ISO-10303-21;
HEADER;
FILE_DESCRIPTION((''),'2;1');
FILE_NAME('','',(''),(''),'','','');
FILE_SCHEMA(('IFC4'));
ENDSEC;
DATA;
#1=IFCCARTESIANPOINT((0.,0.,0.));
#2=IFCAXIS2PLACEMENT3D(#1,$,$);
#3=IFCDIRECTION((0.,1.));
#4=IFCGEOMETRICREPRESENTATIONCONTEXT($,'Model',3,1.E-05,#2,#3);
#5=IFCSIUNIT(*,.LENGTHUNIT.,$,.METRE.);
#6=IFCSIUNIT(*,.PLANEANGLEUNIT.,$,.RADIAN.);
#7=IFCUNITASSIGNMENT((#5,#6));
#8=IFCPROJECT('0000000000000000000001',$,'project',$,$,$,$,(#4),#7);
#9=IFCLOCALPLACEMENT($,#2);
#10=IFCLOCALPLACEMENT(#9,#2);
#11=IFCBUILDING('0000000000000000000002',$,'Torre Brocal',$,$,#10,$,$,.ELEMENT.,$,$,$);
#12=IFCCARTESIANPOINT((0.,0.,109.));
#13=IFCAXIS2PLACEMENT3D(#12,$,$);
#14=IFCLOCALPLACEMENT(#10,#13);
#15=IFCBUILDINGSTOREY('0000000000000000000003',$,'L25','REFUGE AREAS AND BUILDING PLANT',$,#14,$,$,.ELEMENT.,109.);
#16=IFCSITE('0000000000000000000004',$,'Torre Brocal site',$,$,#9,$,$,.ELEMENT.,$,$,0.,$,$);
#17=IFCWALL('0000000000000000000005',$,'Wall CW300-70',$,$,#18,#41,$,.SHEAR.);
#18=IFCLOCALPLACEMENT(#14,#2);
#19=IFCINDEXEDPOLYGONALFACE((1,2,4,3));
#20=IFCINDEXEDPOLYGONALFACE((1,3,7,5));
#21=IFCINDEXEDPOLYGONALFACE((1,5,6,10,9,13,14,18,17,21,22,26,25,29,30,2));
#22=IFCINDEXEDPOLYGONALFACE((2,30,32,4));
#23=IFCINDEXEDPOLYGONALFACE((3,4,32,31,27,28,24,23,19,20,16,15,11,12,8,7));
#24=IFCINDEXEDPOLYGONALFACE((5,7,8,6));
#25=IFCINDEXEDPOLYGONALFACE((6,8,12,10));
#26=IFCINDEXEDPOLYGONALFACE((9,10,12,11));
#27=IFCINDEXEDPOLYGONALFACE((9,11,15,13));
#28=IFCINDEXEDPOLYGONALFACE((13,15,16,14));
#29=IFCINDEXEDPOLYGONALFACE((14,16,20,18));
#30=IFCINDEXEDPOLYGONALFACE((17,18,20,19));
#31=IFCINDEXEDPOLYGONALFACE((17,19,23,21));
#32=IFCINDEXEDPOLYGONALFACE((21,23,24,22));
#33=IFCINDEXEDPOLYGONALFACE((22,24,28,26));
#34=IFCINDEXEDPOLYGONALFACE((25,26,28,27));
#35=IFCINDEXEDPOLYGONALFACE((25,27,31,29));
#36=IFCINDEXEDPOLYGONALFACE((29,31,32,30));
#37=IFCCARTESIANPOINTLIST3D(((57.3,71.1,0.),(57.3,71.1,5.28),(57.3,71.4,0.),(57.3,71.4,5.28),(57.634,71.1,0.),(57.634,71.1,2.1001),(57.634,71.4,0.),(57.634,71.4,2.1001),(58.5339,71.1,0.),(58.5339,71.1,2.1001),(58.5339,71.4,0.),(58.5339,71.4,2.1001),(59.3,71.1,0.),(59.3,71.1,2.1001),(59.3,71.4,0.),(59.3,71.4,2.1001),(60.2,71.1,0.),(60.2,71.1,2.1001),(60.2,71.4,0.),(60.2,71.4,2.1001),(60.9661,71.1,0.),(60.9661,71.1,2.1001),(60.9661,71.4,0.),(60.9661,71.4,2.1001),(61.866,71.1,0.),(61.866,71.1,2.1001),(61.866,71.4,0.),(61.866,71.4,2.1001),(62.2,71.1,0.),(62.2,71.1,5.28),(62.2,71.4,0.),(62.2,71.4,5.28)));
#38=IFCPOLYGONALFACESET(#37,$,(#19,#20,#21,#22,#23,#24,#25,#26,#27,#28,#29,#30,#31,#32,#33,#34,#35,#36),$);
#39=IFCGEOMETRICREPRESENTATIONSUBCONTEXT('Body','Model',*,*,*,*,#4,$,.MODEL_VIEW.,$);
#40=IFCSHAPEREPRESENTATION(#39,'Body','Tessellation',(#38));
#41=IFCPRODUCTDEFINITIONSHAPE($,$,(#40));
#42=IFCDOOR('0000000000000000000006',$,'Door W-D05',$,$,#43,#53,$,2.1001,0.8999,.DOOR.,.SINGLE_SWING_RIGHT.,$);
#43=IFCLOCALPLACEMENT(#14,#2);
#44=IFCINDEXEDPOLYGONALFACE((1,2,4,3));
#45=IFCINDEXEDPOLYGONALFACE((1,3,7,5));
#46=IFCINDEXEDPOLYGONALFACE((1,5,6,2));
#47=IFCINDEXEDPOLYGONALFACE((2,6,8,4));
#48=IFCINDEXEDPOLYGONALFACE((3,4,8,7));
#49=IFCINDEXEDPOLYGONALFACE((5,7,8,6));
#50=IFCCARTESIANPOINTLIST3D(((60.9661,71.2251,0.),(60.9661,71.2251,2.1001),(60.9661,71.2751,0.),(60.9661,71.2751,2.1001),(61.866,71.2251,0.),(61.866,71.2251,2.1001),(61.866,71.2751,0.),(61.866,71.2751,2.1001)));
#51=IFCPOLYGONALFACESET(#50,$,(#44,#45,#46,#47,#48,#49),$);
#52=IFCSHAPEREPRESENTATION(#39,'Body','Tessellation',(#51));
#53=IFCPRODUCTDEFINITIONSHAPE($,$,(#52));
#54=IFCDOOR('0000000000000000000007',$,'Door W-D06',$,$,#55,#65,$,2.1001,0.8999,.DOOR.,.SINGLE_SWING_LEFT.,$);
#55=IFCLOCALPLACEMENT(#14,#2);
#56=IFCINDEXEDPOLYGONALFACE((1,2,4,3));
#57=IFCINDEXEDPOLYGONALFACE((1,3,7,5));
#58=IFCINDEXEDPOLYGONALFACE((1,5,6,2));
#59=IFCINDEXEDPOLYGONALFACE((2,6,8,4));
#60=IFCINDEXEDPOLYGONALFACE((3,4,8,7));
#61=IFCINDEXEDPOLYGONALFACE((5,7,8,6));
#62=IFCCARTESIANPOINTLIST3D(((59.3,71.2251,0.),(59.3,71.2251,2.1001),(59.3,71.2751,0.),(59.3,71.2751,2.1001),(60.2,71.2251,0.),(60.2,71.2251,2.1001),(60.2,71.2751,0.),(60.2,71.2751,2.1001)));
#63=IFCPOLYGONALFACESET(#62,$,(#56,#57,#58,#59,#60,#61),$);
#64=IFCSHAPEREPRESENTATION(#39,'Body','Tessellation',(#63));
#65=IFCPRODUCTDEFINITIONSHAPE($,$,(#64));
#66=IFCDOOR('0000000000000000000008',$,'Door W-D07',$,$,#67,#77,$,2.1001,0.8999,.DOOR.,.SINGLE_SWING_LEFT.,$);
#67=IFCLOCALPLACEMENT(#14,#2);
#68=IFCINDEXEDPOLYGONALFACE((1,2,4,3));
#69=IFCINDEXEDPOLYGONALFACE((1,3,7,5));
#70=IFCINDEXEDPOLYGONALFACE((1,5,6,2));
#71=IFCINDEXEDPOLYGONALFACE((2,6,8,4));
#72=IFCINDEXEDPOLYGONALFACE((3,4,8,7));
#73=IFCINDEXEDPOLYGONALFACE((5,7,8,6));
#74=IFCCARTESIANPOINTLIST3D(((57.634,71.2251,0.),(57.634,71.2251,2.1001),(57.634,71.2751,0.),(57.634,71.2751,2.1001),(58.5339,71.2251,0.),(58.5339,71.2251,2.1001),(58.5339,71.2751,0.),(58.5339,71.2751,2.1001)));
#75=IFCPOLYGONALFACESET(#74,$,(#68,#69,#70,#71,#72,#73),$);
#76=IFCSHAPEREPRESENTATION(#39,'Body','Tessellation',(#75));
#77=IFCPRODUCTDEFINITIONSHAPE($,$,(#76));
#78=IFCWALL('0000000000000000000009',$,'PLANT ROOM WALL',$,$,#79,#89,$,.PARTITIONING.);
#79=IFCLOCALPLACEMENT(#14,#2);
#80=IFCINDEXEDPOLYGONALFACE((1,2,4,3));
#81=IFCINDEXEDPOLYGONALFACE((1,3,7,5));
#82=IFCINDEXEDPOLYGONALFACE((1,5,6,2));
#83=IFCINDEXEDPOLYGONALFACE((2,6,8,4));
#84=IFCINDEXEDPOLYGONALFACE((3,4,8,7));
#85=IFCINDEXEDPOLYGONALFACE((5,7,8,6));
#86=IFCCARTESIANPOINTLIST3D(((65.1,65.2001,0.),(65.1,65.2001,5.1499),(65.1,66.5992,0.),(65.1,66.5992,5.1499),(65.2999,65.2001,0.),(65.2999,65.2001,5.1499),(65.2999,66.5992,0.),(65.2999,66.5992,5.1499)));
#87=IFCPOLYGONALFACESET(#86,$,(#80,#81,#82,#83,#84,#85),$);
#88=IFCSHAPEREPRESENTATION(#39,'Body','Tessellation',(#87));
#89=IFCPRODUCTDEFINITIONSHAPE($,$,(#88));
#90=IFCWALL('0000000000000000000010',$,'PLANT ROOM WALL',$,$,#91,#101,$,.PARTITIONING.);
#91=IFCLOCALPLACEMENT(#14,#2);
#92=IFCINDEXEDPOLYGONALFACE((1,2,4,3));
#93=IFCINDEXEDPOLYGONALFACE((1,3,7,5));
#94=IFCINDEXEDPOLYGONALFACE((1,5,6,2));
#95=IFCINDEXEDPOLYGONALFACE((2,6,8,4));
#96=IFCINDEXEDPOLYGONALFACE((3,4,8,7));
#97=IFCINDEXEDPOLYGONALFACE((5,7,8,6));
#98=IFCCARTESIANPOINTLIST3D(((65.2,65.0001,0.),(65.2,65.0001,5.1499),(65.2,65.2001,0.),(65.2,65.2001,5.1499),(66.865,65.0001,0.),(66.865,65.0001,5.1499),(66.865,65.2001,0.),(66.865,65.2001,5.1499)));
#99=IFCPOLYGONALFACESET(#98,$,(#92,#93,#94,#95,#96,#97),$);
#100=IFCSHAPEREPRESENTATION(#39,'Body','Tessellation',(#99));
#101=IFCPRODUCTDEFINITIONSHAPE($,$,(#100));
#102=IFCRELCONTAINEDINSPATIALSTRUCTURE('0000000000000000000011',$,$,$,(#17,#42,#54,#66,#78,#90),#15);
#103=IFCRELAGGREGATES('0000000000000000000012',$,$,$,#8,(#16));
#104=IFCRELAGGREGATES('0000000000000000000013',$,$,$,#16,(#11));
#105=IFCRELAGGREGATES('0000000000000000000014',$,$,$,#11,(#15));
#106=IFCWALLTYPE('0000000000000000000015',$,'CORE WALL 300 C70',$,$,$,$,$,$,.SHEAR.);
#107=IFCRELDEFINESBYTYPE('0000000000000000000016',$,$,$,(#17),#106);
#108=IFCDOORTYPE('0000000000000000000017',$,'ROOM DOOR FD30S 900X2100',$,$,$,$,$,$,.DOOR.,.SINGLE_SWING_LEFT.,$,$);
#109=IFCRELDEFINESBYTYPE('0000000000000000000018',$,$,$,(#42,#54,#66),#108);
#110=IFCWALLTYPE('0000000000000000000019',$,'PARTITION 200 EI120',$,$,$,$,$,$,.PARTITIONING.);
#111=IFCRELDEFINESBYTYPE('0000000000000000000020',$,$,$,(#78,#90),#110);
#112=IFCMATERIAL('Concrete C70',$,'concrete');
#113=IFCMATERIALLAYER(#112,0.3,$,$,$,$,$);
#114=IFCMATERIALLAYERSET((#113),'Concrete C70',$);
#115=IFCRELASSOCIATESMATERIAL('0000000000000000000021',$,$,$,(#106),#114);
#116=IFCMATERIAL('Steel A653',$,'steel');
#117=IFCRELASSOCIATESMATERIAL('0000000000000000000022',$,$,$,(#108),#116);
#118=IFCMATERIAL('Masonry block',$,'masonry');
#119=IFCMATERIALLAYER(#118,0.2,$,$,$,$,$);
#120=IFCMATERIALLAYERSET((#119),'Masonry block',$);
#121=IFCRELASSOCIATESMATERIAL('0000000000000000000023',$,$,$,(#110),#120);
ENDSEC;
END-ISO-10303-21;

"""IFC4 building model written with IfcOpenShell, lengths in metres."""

from ifc_helpers import new_model, si_unit, direction, frame, frame_2d, origin, place, context, subcontext, project, spatial, rectangle, extrude, material, layer, layer_set, type_object, element, fill, save


model = new_model("IFC4")

# Units and contexts
model_context = context("Model", 3, precision=1e-05, world=origin(), true_north=direction((0.0, 1.0)))
body_context = subcontext(model_context, "Body", "Model", "MODEL_VIEW")
ifc_project = project(units=[si_unit("LENGTHUNIT", "METRE"), si_unit("PLANEANGLEUNIT", "RADIAN")], contexts=[model_context])

# Site, building, storey
site_placement = place(None, origin())
site = spatial("IfcSite", under=ifc_project, at=site_placement, Name="Torre Brocal site", CompositionType="ELEMENT", RefElevation=0.0)
building_placement = place(site_placement, origin())
building = spatial("IfcBuilding", under=site, at=building_placement, Name="Torre Brocal", CompositionType="ELEMENT")
storey_placement = place(building_placement, frame((0.0, 0.0, 109.0)))
storey = spatial("IfcBuildingStorey", under=building, at=storey_placement, Name="L25", Description="REFUGE AREAS AND BUILDING PLANT", CompositionType="ELEMENT", Elevation=109.0)

# Shared definitions
ifc_material_1 = material(Name="Concrete C70", Category="concrete")
ifc_layer_1 = layer(ifc_material_1, 0.3)
ifc_layer_set_1 = layer_set([ifc_layer_1], Name="Concrete C70")
wall_type_1 = type_object("IfcWallType", Name="CORE WALL 300 C70", PredefinedType="SHEAR", material=ifc_layer_set_1)

# Wall, openings, doors
wall_1_placement = place(storey_placement, frame((62.2, 71.25, 0.0), z_axis=(0.0, 0.0, 1.0), x_axis=(-1.0, 0.0, 0.0)))
wall_1 = element("IfcWall", 1, at=wall_1_placement, inside=storey, type_object=wall_type_1, Name="Wall CW300-70", PredefinedType="SHEAR", context=body_context, shape_type="SweptSolid", body=[
    extrude(rectangle(XDim=4.8999, YDim=0.3, at=frame_2d((2.45, 0.0))), origin(), (0.0, 0.0, 1.0), 5.28),
])
opening_1_placement = place(wall_1_placement, frame((0.334, 0.0, 0.0)))
opening_1 = element("IfcOpeningElement", 2, at=opening_1_placement, cuts=wall_1, PredefinedType="OPENING", context=body_context, shape_type="SweptSolid", body=[
    extrude(rectangle(XDim=0.8999, YDim=2.1001, at=frame_2d((0.45, 1.05))), frame((0.0, 0.1599, 0.0), z_axis=(0.0, -1.0, 0.0), x_axis=(1.0, 0.0, 0.0)), (0.0, 0.0, 1.0), 0.3201),
])
opening_2_placement = place(wall_1_placement, frame((2.0, 0.0, 0.0)))
opening_2 = element("IfcOpeningElement", 3, at=opening_2_placement, cuts=wall_1, PredefinedType="OPENING", context=body_context, shape_type="SweptSolid", body=[
    extrude(rectangle(XDim=0.8999, YDim=2.1001, at=frame_2d((0.45, 1.05))), frame((0.0, 0.1599, 0.0), z_axis=(0.0, -1.0, 0.0), x_axis=(1.0, 0.0, 0.0)), (0.0, 0.0, 1.0), 0.3201),
])
opening_3_placement = place(wall_1_placement, frame((3.666, 0.0, 0.0)))
opening_3 = element("IfcOpeningElement", 4, at=opening_3_placement, cuts=wall_1, PredefinedType="OPENING", context=body_context, shape_type="SweptSolid", body=[
    extrude(rectangle(XDim=0.8999, YDim=2.1001, at=frame_2d((0.45, 1.05))), frame((0.0, 0.1599, 0.0), z_axis=(0.0, -1.0, 0.0), x_axis=(1.0, 0.0, 0.0)), (0.0, 0.0, 1.0), 0.3201),
])
ifc_material_2 = material(Name="Steel A653", Category="steel")
door_type_1 = type_object("IfcDoorType", Name="ROOM DOOR FD30S 900X2100", OperationType="SINGLE_SWING_LEFT", PredefinedType="DOOR", material=ifc_material_2)
door_1_placement = place(opening_1_placement, origin())
door_1 = element("IfcDoor", 5, at=door_1_placement, inside=storey, type_object=door_type_1, Name="Door W-D05", OperationType="SINGLE_SWING_RIGHT", OverallHeight=2.1001, OverallWidth=0.8999, PredefinedType="DOOR", context=body_context, shape_type="SweptSolid", body=[
    extrude(rectangle(XDim=0.8999, YDim=2.1001, at=frame_2d((0.45, 1.05))), frame((0.0, 0.0249, 0.0), z_axis=(0.0, -1.0, 0.0), x_axis=(1.0, 0.0, 0.0)), (0.0, 0.0, 1.0), 0.05),
])
fill(opening_1, door_1)
door_2_placement = place(opening_2_placement, origin())
door_2 = element("IfcDoor", 6, at=door_2_placement, inside=storey, type_object=door_type_1, Name="Door W-D06", OperationType="SINGLE_SWING_LEFT", OverallHeight=2.1001, OverallWidth=0.8999, PredefinedType="DOOR", context=body_context, shape_type="SweptSolid", body=[
    extrude(rectangle(XDim=0.8999, YDim=2.1001, at=frame_2d((0.45, 1.05))), frame((0.0, 0.0249, 0.0), z_axis=(0.0, -1.0, 0.0), x_axis=(1.0, 0.0, 0.0)), (0.0, 0.0, 1.0), 0.05),
])
fill(opening_2, door_2)
door_3_placement = place(opening_3_placement, origin())
door_3 = element("IfcDoor", 7, at=door_3_placement, inside=storey, type_object=door_type_1, Name="Door W-D07", OperationType="SINGLE_SWING_LEFT", OverallHeight=2.1001, OverallWidth=0.8999, PredefinedType="DOOR", context=body_context, shape_type="SweptSolid", body=[
    extrude(rectangle(XDim=0.8999, YDim=2.1001, at=frame_2d((0.45, 1.05))), frame((0.0, 0.0249, 0.0), z_axis=(0.0, -1.0, 0.0), x_axis=(1.0, 0.0, 0.0)), (0.0, 0.0, 1.0), 0.05),
])
fill(opening_3, door_3)

# Walls
ifc_material_3 = material(Name="Masonry block", Category="masonry")
ifc_layer_2 = layer(ifc_material_3, 0.2)
ifc_layer_set_2 = layer_set([ifc_layer_2], Name="Masonry block")
wall_type_2 = type_object("IfcWallType", Name="PARTITION 200 EI120", PredefinedType="PARTITIONING", material=ifc_layer_set_2)
wall_2_placement = place(storey_placement, frame((65.2, 65.2, 0.0), z_axis=(0.0, 0.0, 1.0), x_axis=(0.0, 1.0, 0.0)))
element("IfcWall", 8, at=wall_2_placement, inside=storey, type_object=wall_type_2, Name="PLANT ROOM WALL", PredefinedType="PARTITIONING", context=body_context, shape_type="SweptSolid", body=[
    extrude(rectangle(XDim=1.3992, YDim=0.2, at=frame_2d((0.6997, 0.0))), origin(), (0.0, 0.0, 1.0), 5.1499),
])
wall_3_placement = place(storey_placement, frame((65.2, 65.1001, 0.0), z_axis=(0.0, 0.0, 1.0), x_axis=(1.0, 0.0, 0.0)))
element("IfcWall", 9, at=wall_3_placement, inside=storey, type_object=wall_type_2, Name="PLANT ROOM WALL", PredefinedType="PARTITIONING", context=body_context, shape_type="SweptSolid", body=[
    extrude(rectangle(XDim=1.665, YDim=0.2, at=frame_2d((0.8325, 0.0))), origin(), (0.0, 0.0, 1.0), 5.1499),
])

save(model, "model.ifc")
